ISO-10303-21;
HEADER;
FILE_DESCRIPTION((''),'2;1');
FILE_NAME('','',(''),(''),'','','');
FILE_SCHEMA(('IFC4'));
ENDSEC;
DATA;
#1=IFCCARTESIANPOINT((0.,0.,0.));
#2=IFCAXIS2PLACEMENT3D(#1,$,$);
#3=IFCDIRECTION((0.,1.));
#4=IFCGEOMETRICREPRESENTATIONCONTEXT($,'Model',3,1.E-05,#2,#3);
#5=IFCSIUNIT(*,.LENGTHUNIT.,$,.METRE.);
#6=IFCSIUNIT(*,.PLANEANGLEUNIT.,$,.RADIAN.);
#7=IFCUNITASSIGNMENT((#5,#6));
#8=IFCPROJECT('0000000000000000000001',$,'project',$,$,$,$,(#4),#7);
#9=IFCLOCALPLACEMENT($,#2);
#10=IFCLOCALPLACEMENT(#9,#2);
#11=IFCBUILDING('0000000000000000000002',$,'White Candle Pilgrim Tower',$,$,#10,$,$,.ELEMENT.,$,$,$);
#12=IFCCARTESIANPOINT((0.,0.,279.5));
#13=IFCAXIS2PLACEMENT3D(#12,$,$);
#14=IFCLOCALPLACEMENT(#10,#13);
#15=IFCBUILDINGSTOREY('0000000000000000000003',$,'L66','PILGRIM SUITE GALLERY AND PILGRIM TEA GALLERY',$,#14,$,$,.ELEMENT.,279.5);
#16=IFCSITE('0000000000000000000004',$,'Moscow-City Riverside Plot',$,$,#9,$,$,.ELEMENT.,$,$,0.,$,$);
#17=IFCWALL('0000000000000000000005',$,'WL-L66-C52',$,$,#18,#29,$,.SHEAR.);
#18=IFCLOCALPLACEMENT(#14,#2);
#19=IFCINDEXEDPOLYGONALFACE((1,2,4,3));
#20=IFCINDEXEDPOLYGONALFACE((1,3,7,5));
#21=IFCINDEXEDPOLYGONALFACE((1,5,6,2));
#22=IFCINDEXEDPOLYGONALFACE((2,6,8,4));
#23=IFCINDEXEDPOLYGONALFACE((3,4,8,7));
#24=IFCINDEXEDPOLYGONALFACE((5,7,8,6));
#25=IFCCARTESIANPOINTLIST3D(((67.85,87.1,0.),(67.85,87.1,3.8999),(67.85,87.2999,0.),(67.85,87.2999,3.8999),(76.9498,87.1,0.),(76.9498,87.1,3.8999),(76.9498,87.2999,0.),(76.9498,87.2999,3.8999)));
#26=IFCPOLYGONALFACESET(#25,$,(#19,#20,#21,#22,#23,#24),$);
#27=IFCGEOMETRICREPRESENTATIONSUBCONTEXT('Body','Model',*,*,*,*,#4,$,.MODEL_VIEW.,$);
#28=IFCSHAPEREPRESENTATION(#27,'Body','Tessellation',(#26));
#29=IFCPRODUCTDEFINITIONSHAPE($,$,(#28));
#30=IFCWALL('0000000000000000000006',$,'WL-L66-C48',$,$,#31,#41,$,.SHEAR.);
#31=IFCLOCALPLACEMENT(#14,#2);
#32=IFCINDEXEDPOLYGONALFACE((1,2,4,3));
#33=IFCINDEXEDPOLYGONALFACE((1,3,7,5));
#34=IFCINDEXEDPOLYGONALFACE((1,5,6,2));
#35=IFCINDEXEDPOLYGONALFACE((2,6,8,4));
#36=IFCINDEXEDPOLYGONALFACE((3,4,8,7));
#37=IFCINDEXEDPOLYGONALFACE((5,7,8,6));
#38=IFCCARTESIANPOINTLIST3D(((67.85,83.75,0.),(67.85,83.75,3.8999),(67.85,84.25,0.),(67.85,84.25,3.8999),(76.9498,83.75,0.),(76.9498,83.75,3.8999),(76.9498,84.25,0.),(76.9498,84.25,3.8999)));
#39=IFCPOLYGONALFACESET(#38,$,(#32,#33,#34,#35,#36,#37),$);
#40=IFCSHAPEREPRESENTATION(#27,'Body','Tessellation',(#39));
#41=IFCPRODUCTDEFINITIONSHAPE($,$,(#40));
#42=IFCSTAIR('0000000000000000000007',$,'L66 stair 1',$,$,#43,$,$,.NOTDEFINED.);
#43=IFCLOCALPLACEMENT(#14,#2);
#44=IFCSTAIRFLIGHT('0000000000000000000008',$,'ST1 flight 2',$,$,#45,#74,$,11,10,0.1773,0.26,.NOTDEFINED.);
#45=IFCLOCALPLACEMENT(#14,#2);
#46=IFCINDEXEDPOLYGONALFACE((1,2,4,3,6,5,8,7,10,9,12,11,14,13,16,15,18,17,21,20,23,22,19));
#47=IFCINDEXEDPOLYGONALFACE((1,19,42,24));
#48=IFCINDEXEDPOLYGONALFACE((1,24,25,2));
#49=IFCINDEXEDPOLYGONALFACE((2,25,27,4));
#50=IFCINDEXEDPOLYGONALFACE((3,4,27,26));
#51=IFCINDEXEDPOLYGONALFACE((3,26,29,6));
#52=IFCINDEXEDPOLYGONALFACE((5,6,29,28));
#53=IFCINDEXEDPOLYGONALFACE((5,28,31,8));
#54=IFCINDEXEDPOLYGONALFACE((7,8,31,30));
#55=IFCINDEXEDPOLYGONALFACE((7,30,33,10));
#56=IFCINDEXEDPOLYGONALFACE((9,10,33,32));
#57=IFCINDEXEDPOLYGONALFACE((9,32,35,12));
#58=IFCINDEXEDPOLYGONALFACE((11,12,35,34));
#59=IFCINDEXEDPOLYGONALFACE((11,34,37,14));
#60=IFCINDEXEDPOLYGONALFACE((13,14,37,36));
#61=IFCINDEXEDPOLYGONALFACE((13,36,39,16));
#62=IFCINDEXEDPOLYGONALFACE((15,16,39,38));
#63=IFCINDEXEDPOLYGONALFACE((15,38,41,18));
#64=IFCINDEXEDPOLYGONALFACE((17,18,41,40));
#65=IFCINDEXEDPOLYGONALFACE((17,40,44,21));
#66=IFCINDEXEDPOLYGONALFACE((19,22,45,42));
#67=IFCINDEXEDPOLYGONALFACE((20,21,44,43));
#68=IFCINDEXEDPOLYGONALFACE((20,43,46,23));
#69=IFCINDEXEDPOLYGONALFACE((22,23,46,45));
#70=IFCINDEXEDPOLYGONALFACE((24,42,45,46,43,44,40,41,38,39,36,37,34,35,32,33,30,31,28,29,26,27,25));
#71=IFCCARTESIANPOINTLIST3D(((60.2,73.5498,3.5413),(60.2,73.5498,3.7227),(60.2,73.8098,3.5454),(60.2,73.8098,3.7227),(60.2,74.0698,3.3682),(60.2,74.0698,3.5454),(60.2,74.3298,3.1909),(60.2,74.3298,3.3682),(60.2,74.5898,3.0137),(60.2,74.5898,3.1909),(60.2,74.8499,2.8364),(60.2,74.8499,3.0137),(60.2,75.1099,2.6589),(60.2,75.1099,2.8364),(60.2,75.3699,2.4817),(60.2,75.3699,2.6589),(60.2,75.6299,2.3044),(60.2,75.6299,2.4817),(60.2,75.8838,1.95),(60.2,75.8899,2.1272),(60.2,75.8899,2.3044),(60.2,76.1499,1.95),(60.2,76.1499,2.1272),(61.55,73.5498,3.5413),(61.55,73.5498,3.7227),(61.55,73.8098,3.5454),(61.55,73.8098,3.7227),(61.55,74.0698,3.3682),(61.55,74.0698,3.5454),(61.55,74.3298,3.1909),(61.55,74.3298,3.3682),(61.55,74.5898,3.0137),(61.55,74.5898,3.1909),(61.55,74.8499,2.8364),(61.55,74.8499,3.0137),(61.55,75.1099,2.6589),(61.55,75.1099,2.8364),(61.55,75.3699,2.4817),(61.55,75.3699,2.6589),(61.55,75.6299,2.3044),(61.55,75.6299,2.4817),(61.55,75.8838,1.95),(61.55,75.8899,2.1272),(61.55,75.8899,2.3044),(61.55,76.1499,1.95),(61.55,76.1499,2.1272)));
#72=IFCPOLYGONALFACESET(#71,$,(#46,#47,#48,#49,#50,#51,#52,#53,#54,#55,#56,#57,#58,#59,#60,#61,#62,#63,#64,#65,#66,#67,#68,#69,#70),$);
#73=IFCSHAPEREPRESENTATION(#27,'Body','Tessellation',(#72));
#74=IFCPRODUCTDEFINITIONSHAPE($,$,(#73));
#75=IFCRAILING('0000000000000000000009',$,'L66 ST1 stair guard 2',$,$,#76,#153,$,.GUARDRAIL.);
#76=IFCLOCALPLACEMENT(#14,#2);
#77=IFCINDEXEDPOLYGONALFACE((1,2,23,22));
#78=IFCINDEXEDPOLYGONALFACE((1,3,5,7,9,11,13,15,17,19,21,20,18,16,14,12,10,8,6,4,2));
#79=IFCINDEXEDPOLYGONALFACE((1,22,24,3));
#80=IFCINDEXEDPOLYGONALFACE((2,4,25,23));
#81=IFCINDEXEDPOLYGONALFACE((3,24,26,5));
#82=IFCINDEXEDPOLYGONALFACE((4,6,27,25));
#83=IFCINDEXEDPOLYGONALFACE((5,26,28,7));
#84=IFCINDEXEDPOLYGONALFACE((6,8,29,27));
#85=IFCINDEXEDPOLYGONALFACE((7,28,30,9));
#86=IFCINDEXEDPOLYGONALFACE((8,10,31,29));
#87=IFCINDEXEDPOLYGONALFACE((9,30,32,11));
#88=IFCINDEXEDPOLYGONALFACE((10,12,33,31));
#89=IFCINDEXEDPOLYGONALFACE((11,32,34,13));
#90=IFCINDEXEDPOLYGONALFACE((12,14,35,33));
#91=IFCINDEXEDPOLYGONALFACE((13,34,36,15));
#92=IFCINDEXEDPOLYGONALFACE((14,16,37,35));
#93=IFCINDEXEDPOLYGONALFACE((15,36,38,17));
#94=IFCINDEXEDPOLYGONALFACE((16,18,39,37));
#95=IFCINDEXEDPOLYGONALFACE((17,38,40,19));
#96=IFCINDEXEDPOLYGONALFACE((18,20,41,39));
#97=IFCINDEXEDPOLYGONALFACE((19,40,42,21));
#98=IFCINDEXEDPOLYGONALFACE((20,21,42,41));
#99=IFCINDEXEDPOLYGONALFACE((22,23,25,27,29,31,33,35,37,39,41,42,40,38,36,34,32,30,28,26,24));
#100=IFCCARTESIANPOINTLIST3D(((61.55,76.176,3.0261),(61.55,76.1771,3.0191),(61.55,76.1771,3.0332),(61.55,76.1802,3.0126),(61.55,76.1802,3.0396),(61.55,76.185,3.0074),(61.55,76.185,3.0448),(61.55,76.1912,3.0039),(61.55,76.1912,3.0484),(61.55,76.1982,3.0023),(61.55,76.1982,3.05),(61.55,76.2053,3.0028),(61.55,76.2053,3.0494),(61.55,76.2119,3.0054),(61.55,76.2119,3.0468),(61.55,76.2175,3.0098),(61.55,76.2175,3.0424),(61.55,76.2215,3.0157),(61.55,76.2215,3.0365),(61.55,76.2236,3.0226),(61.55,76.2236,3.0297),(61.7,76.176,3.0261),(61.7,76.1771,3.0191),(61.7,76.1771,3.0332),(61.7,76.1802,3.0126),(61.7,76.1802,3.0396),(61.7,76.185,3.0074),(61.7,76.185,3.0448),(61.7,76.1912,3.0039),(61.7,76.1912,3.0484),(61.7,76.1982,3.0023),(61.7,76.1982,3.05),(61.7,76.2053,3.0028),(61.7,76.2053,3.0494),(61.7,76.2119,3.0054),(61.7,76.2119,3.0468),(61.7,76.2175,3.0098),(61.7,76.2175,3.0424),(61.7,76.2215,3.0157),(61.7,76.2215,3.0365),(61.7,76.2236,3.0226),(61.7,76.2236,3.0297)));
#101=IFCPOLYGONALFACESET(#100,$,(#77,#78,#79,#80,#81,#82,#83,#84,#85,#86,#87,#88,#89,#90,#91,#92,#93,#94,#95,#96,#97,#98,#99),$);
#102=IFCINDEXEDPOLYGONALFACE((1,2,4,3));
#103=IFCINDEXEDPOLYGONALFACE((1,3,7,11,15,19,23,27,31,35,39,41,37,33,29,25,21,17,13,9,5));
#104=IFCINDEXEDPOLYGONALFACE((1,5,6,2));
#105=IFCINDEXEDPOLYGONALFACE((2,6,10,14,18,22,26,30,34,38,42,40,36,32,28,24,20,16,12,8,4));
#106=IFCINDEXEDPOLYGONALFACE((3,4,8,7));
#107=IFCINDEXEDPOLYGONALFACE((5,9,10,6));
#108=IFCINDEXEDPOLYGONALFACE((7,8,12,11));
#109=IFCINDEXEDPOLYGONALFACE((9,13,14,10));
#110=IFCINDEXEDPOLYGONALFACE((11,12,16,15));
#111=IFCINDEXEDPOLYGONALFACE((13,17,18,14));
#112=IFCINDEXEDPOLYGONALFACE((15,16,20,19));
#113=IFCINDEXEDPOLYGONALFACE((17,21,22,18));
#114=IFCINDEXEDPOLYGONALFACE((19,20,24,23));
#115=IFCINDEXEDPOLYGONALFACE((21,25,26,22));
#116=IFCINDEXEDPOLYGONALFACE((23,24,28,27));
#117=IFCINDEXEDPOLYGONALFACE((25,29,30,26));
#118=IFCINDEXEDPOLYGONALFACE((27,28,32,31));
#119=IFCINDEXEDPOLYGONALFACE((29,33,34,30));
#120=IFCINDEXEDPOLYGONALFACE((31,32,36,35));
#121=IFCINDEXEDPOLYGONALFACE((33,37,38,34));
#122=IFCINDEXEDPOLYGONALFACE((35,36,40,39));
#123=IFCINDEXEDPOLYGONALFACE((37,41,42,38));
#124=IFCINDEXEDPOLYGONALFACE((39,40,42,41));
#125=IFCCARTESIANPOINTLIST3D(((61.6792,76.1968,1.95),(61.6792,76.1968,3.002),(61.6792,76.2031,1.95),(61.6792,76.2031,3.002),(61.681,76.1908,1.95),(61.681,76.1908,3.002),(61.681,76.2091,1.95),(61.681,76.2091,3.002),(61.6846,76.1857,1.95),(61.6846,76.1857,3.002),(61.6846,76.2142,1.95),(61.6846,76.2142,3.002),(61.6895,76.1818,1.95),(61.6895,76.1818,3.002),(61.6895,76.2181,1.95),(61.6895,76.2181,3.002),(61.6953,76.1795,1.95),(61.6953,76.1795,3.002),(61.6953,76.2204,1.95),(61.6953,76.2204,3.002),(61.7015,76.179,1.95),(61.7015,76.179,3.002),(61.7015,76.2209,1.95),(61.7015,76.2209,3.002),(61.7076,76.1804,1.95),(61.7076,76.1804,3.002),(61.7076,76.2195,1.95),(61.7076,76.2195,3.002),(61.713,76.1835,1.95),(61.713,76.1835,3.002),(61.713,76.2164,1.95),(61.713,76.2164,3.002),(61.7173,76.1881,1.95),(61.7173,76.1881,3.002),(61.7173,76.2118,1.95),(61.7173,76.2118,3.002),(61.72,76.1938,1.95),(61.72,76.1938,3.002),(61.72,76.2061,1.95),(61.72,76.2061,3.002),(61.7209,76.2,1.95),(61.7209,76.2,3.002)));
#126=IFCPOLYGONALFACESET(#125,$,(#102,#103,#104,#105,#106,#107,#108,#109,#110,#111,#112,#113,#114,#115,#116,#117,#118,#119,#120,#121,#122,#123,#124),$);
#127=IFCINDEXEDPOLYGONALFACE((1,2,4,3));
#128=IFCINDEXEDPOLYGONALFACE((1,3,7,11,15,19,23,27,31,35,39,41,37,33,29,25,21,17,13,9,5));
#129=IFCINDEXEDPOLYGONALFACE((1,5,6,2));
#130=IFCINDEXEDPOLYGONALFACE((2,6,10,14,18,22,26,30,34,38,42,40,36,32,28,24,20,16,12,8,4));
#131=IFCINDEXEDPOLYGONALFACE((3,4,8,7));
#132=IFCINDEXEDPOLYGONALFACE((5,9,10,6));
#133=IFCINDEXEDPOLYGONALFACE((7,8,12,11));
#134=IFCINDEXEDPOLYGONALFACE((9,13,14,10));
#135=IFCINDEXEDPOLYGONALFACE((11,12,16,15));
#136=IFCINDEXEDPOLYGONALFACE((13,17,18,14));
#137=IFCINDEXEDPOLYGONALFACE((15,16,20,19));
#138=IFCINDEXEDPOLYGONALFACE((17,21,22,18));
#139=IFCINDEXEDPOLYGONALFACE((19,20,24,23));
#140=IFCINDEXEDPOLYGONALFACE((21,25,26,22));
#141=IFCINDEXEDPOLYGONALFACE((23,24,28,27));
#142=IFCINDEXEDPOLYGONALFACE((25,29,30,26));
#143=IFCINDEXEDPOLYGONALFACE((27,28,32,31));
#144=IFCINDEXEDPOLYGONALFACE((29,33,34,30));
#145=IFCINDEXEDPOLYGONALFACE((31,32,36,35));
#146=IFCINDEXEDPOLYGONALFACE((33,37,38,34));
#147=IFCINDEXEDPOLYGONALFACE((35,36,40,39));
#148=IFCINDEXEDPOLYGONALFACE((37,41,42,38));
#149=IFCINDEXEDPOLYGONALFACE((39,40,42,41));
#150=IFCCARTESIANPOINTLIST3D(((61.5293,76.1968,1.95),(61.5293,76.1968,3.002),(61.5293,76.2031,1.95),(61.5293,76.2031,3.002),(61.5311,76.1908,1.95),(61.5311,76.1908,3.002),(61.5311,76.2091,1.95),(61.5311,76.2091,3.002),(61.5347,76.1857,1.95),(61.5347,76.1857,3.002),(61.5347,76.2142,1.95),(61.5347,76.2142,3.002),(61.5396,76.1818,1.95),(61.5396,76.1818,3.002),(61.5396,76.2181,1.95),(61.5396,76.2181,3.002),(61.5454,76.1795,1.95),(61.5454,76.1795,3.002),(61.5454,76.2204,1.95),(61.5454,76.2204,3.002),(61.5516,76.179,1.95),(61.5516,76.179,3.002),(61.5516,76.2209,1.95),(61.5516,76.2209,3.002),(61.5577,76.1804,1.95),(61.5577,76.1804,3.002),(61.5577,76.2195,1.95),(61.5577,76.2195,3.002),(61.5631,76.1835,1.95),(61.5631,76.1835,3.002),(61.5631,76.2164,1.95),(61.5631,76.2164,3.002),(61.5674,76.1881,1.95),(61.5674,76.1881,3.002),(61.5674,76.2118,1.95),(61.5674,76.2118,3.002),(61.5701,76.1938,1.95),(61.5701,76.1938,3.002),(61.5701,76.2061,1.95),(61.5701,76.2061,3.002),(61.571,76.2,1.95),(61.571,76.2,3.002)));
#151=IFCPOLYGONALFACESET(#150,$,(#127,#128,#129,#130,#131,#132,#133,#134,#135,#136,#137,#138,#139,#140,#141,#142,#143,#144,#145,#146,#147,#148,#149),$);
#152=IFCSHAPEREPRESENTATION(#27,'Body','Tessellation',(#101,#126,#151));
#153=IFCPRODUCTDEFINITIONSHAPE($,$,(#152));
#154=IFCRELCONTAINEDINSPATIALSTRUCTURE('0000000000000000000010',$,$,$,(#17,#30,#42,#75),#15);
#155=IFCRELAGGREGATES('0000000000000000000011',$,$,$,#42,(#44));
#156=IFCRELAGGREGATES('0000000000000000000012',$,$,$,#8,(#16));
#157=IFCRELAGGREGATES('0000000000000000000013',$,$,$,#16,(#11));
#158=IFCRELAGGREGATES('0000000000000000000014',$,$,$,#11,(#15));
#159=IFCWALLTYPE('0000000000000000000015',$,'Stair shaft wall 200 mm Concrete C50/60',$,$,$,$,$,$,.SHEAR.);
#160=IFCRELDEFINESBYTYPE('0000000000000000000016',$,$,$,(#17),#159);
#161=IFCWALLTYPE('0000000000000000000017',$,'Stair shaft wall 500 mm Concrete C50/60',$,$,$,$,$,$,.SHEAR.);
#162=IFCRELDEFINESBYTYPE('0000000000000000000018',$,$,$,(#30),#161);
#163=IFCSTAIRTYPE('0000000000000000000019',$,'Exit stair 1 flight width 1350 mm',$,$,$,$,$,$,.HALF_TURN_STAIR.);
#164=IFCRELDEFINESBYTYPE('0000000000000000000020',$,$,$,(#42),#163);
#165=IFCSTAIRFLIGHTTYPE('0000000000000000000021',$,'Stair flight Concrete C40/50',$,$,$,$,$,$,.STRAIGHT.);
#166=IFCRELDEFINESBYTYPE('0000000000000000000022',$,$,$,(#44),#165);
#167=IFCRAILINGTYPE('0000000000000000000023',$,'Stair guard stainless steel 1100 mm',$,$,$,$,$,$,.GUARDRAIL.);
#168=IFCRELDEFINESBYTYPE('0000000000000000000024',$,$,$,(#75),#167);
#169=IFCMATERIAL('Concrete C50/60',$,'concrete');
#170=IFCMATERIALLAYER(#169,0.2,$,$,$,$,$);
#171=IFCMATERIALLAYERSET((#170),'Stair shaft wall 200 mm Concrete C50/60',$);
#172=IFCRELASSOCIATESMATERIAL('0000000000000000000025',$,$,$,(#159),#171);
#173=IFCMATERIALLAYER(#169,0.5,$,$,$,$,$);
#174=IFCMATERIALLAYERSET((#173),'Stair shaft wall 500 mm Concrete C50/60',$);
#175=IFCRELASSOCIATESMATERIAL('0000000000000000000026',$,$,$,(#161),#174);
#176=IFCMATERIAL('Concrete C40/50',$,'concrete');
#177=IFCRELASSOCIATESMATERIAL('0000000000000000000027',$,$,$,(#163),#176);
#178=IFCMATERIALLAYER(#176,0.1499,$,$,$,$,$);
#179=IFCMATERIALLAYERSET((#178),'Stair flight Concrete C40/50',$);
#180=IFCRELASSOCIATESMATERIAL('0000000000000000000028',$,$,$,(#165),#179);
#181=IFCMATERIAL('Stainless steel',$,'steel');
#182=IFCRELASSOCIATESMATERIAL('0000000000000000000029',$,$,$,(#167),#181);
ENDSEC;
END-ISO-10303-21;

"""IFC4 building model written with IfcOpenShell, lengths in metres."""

from ifc_helpers import new_model, si_unit, direction, frame, frame_2d, origin, origin_2d, place, context, subcontext, project, spatial, polyline, rectangle, circle, outline, extrude, material, layer, layer_set, type_object, element, aggregate, save


model = new_model("IFC4")

# Units and contexts
model_context = context("Model", 3, precision=1e-05, world=origin(), true_north=direction((0.0, 1.0)))
body_context = subcontext(model_context, "Body", "Model", "MODEL_VIEW")
ifc_project = project(units=[si_unit("LENGTHUNIT", "METRE"), si_unit("PLANEANGLEUNIT", "RADIAN")], contexts=[model_context])

# Site, building, storey
site_placement = place(None, origin())
site = spatial("IfcSite", under=ifc_project, at=site_placement, Name="Moscow-City Riverside Plot", CompositionType="ELEMENT", RefElevation=0.0)
building_placement = place(site_placement, origin())
building = spatial("IfcBuilding", under=site, at=building_placement, Name="White Candle Pilgrim Tower", CompositionType="ELEMENT")
storey_placement = place(building_placement, frame((0.0, 0.0, 279.5)))
storey = spatial("IfcBuildingStorey", under=building, at=storey_placement, Name="L66", Description="PILGRIM SUITE GALLERY AND PILGRIM TEA GALLERY", CompositionType="ELEMENT", Elevation=279.5)

# Shared definitions
ifc_material_1 = material(Name="Concrete C50/60", Category="concrete")

# Shared definitions
ifc_layer_1 = layer(ifc_material_1, 0.2)
ifc_layer_set_1 = layer_set([ifc_layer_1], Name="Stair shaft wall 200 mm Concrete C50/60")
wall_type_1 = type_object("IfcWallType", Name="Stair shaft wall 200 mm Concrete C50/60", PredefinedType="SHEAR", material=ifc_layer_set_1)
ifc_material_2 = material(Name="Stainless steel", Category="steel")

# Walls
wall_1_placement = place(storey_placement, frame((67.8501, 87.2, 0.0), z_axis=(0.0, 0.0, 1.0), x_axis=(1.0, 0.0, 0.0)))
element("IfcWall", 1, at=wall_1_placement, inside=storey, type_object=wall_type_1, Name="WL-L66-C52", PredefinedType="SHEAR", context=body_context, shape_type="SweptSolid", body=[
    extrude(rectangle(XDim=9.0999, YDim=0.2, at=frame_2d((4.5498, 0.0))), origin(), (0.0, 0.0, 1.0), 3.8999),
])
ifc_layer_2 = layer(ifc_material_1, 0.5)
ifc_layer_set_2 = layer_set([ifc_layer_2], Name="Stair shaft wall 500 mm Concrete C50/60")
wall_type_2 = type_object("IfcWallType", Name="Stair shaft wall 500 mm Concrete C50/60", PredefinedType="SHEAR", material=ifc_layer_set_2)
wall_2_placement = place(storey_placement, frame((67.8501, 84.0, 0.0), z_axis=(0.0, 0.0, 1.0), x_axis=(1.0, 0.0, 0.0)))
element("IfcWall", 2, at=wall_2_placement, inside=storey, type_object=wall_type_2, Name="WL-L66-C48", PredefinedType="SHEAR", context=body_context, shape_type="SweptSolid", body=[
    extrude(rectangle(XDim=9.0999, YDim=0.5, at=frame_2d((4.5498, 0.0))), origin(), (0.0, 0.0, 1.0), 3.8999),
])

# Stair, stair flight
ifc_material_3 = material(Name="Concrete C40/50", Category="concrete")
stair_type = type_object("IfcStairType", Name="Exit stair 1 flight width 1350 mm", PredefinedType="HALF_TURN_STAIR", material=ifc_material_3)
stair_placement = place(storey_placement, origin())
stair = element("IfcStair", 3, at=stair_placement, inside=storey, type_object=stair_type, Name="L66 stair 1", PredefinedType="NOTDEFINED")
ifc_layer_3 = layer(ifc_material_3, 0.1499)
ifc_layer_set_3 = layer_set([ifc_layer_3], Name="Stair flight Concrete C40/50")
stair_flight_type = type_object("IfcStairFlightType", Name="Stair flight Concrete C40/50", PredefinedType="STRAIGHT", material=ifc_layer_set_3)
stair_flight_placement = place(storey_placement, frame((60.875, 76.1499, 1.95), z_axis=(0.0, 0.0, 1.0), x_axis=(0.0, -1.0, 0.0)))
stair_flight = element("IfcStairFlight", 4, at=stair_flight_placement, type_object=stair_flight_type, Name="ST1 flight 2", NumberOfRisers=11, NumberOfTreads=10, PredefinedType="NOTDEFINED", RiserHeight=0.1773, TreadLength=0.26, context=body_context, shape_type="SweptSolid", body=[
    extrude(outline(polyline([(0.0, 0.0), (0.0, 0.1772), (0.26, 0.1772), (0.26, 0.3545), (0.52, 0.3545), (0.52, 0.5317), (0.78, 0.5317), (0.78, 0.709), (1.04, 0.709), (1.04, 0.8865), (1.3, 0.8865), (1.3, 1.0637), (1.5601, 1.0637), (1.5601, 1.241), (1.8201, 1.241), (1.8201, 1.4182), (2.0801, 1.4182), (2.0801, 1.5955), (2.3401, 1.5955), (2.3401, 1.7727), (2.6001, 1.7727), (2.6001, 1.95), (2.6001, 1.5913), (0.2661, 0.0), (0.0, 0.0)])), frame((0.0, 0.675, 0.0), z_axis=(0.0, -1.0, 0.0), x_axis=(1.0, 0.0, 0.0)), (0.0, 0.0, 1.0), 1.3501),
])
aggregate(stair, [stair_flight])

# Railing
railing_type_1 = type_object("IfcRailingType", Name="Stair guard stainless steel 1100 mm", PredefinedType="GUARDRAIL", material=ifc_material_2)
railing_1_placement = place(storey_placement, frame((61.7, 76.2, 1.95)))
element("IfcRailing", 5, at=railing_1_placement, inside=storey, type_object=railing_type_1, Name="L66 ST1 stair guard 2", PredefinedType="GUARDRAIL", context=body_context, shape_type="SweptSolid", body=[
    extrude(circle(Radius=0.0239, at=origin_2d()), frame((0.0, 0.0, 1.0762), z_axis=(-1.0, 0.0, 0.0), x_axis=(0.0, -1.0, 0.0)), (0.0, 0.0, 1.0), 0.1499),
    extrude(circle(Radius=0.021, at=origin_2d()), origin(), (0.0, 0.0, 1.0), 1.052),
    extrude(circle(Radius=0.021, at=origin_2d()), frame((-0.1499, 0.0, 0.0)), (0.0, 0.0, 1.0), 1.052),
])

save(model, "model.ifc")
